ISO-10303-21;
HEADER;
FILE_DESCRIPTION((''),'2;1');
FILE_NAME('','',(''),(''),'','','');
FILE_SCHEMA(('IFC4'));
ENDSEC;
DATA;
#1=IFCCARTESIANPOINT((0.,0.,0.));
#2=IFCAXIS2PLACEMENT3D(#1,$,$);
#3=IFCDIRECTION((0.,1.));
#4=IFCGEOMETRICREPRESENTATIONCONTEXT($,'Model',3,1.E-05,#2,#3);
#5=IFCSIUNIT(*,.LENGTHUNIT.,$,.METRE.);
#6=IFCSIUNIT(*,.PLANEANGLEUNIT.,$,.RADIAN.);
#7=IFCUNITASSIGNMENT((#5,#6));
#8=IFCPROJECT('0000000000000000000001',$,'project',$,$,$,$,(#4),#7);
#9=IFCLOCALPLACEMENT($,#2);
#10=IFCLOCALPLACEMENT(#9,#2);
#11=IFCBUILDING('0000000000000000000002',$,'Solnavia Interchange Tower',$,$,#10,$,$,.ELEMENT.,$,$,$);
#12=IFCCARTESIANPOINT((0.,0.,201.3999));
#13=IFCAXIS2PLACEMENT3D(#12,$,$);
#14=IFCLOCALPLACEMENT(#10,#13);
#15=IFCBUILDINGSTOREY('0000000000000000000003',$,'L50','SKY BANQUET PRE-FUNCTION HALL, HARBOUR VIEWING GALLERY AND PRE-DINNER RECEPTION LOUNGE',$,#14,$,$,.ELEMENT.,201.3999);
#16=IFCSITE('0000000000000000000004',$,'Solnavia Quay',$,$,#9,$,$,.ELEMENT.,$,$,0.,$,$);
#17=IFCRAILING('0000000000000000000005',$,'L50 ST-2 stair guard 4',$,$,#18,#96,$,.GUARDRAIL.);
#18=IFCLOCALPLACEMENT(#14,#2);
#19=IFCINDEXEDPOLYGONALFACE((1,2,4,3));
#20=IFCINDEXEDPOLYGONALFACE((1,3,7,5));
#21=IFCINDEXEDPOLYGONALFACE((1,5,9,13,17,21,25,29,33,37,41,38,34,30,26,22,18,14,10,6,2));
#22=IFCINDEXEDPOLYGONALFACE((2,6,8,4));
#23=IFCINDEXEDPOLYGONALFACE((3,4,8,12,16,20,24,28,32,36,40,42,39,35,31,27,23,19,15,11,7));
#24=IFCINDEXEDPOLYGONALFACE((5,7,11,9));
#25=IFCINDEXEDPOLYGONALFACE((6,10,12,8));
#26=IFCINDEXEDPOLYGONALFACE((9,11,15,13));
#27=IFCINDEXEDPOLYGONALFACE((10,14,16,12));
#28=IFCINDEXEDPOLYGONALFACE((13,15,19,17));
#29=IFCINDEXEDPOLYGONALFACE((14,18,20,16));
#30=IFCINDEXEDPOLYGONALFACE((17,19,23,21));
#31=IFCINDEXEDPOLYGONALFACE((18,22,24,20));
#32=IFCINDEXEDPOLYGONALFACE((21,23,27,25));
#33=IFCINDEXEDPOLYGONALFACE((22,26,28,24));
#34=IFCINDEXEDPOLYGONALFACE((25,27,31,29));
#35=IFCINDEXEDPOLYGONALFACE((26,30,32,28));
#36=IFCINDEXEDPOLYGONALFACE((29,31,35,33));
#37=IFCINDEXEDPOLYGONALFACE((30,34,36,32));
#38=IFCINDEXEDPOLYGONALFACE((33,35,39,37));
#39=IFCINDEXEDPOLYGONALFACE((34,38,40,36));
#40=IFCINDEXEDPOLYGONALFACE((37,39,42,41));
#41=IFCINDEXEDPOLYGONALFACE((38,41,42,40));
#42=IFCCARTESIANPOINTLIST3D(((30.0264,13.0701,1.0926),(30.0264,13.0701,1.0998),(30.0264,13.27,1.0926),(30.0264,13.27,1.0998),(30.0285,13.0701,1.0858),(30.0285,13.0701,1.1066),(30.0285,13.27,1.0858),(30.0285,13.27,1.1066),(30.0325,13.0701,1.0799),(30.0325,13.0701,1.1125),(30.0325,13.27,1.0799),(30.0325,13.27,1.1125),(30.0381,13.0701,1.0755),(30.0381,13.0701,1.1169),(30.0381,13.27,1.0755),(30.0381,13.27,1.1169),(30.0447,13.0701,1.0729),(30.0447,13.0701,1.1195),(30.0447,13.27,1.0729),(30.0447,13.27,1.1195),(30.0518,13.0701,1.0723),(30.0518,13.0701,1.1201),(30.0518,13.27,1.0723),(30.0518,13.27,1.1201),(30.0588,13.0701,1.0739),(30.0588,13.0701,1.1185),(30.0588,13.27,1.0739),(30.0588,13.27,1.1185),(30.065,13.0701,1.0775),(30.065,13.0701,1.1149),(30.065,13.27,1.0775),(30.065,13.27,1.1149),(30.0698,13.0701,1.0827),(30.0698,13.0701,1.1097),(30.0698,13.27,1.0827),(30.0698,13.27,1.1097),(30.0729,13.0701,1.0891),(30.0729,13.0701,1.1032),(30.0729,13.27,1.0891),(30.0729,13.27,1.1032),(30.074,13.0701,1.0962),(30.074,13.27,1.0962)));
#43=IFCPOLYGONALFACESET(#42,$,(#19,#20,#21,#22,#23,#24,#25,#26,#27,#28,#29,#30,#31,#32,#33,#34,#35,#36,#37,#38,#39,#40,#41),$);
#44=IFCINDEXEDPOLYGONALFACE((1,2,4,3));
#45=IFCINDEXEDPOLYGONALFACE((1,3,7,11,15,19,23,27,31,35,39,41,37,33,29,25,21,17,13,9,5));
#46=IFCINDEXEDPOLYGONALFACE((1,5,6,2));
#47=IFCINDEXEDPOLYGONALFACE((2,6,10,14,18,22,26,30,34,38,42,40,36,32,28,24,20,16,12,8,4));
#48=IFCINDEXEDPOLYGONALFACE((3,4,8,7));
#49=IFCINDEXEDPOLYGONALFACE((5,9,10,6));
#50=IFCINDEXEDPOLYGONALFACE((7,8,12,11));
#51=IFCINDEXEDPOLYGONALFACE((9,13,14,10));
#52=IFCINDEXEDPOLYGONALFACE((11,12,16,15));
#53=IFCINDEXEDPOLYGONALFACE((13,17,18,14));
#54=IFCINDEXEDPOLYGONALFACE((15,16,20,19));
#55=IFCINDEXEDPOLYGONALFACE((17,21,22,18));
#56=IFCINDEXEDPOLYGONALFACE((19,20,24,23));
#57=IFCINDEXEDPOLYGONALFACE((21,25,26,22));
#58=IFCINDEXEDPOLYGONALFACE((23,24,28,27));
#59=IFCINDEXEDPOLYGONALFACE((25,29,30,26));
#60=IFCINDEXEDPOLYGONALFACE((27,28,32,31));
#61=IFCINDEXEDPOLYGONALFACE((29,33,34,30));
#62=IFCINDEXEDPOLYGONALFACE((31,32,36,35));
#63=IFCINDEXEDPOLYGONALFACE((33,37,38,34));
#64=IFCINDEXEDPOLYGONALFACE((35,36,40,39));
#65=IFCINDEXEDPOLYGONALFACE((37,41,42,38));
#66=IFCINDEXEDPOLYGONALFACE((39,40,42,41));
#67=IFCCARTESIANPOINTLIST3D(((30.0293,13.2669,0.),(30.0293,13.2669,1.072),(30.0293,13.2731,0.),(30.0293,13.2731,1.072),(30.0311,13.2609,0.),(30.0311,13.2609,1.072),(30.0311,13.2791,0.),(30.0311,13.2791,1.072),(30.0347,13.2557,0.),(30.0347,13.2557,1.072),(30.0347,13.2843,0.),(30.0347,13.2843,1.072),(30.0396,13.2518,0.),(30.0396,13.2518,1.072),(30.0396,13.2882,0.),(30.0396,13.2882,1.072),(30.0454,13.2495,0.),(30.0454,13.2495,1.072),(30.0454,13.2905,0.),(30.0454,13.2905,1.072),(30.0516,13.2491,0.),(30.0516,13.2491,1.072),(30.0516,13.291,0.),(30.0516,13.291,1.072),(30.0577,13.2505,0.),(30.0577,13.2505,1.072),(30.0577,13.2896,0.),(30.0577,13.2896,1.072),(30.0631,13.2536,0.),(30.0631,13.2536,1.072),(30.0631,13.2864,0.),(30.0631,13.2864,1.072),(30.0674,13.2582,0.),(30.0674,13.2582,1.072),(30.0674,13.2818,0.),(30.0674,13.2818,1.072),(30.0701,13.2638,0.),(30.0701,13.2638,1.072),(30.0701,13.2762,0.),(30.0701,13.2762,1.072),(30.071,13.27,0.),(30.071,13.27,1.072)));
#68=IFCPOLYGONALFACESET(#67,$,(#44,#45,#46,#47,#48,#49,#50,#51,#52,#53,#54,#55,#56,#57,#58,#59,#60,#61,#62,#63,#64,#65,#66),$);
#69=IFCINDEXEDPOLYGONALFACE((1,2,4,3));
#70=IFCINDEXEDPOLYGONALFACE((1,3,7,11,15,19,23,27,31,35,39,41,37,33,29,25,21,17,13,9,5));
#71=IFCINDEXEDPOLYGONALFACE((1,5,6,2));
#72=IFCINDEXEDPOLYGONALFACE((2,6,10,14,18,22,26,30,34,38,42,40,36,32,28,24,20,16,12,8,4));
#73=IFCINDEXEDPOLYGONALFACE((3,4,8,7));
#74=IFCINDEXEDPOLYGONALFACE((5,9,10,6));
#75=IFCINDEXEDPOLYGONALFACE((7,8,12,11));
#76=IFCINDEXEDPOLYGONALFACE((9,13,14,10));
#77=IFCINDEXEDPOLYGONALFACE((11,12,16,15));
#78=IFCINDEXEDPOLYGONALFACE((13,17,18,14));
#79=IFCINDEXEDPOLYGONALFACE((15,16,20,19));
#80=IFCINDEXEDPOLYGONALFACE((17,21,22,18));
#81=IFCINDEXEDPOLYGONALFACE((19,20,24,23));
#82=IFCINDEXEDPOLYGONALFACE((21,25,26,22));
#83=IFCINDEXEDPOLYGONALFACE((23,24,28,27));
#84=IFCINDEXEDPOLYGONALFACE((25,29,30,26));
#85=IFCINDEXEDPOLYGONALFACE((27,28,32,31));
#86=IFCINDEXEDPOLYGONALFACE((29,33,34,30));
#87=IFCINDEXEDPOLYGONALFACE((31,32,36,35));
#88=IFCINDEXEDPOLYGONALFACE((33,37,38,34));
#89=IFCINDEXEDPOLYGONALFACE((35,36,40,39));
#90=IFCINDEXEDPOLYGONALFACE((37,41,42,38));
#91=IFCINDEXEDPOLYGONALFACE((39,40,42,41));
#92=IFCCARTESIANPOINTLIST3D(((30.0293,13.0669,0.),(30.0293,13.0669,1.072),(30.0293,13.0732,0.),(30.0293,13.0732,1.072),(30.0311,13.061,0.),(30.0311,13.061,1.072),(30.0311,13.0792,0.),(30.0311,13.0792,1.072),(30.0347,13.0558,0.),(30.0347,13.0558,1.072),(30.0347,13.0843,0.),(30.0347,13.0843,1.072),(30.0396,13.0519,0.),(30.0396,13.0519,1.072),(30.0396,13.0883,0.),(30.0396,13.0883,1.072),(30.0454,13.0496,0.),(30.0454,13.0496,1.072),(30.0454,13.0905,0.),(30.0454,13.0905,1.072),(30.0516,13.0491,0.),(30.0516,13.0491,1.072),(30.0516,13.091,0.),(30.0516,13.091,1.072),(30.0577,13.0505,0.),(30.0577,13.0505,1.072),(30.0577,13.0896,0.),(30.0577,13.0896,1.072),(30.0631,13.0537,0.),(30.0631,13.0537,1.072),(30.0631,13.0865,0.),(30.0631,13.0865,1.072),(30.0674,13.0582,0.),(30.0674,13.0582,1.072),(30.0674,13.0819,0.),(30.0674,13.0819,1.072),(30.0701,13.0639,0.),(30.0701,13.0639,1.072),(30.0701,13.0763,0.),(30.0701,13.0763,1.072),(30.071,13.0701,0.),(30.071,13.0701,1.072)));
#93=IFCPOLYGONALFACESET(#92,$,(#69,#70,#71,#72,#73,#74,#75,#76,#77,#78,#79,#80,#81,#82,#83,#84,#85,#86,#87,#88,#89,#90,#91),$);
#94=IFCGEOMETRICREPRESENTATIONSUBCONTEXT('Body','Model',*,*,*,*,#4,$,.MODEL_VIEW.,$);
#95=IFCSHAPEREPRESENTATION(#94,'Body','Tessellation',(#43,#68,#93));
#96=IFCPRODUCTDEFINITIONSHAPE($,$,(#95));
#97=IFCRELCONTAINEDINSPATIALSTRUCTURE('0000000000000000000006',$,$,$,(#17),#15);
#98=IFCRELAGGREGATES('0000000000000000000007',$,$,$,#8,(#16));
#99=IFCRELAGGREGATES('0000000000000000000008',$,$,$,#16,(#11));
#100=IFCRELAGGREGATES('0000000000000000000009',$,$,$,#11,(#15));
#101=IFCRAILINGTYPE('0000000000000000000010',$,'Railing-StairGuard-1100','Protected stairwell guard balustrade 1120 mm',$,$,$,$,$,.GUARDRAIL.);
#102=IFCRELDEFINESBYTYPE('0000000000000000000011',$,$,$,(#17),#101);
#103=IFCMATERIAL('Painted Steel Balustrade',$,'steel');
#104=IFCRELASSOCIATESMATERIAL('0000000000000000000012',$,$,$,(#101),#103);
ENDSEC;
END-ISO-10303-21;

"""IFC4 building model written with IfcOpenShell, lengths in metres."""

from ifc_helpers import new_model, si_unit, direction, frame, origin, origin_2d, place, context, subcontext, project, spatial, circle, extrude, material, type_object, element, save


model = new_model("IFC4")

# Units and contexts
model_context = context("Model", 3, precision=1e-05, world=origin(), true_north=direction((0.0, 1.0)))
body_context = subcontext(model_context, "Body", "Model", "MODEL_VIEW")
ifc_project = project(units=[si_unit("LENGTHUNIT", "METRE"), si_unit("PLANEANGLEUNIT", "RADIAN")], contexts=[model_context])

# Site, building, storey
site_placement = place(None, origin())
site = spatial("IfcSite", under=ifc_project, at=site_placement, Name="Solnavia Quay", CompositionType="ELEMENT", RefElevation=0.0)
building_placement = place(site_placement, origin())
building = spatial("IfcBuilding", under=site, at=building_placement, Name="Solnavia Interchange Tower", CompositionType="ELEMENT")
storey_placement = place(building_placement, frame((0.0, 0.0, 201.3999)))
storey = spatial("IfcBuildingStorey", under=building, at=storey_placement, Name="L50", Description="SKY BANQUET PRE-FUNCTION HALL, HARBOUR VIEWING GALLERY AND PRE-DINNER RECEPTION LOUNGE", CompositionType="ELEMENT", Elevation=201.3999)

# Railing
ifc_material_1 = material(Name="Painted Steel Balustrade", Category="steel")
railing_type_1 = type_object("IfcRailingType", Name="Railing-StairGuard-1100", Description="Protected stairwell guard balustrade 1120 mm", PredefinedType="GUARDRAIL", material=ifc_material_1)
railing_1_placement = place(storey_placement, frame((30.05, 13.27, 0.0)))
element("IfcRailing", 1, at=railing_1_placement, inside=storey, type_object=railing_type_1, Name="L50 ST-2 stair guard 4", PredefinedType="GUARDRAIL", context=body_context, shape_type="SweptSolid", body=[
    extrude(circle(Radius=0.0239, at=origin_2d()), frame((0.0, 0.0, 1.0962), z_axis=(0.0, -1.0, 0.0), x_axis=(1.0, 0.0, 0.0)), (0.0, 0.0, 1.0), 0.2),
    extrude(circle(Radius=0.021, at=origin_2d()), origin(), (0.0, 0.0, 1.0), 1.072),
    extrude(circle(Radius=0.021, at=origin_2d()), frame((0.0, -0.2, 0.0)), (0.0, 0.0, 1.0), 1.072),
])

save(model, "model.ifc")
